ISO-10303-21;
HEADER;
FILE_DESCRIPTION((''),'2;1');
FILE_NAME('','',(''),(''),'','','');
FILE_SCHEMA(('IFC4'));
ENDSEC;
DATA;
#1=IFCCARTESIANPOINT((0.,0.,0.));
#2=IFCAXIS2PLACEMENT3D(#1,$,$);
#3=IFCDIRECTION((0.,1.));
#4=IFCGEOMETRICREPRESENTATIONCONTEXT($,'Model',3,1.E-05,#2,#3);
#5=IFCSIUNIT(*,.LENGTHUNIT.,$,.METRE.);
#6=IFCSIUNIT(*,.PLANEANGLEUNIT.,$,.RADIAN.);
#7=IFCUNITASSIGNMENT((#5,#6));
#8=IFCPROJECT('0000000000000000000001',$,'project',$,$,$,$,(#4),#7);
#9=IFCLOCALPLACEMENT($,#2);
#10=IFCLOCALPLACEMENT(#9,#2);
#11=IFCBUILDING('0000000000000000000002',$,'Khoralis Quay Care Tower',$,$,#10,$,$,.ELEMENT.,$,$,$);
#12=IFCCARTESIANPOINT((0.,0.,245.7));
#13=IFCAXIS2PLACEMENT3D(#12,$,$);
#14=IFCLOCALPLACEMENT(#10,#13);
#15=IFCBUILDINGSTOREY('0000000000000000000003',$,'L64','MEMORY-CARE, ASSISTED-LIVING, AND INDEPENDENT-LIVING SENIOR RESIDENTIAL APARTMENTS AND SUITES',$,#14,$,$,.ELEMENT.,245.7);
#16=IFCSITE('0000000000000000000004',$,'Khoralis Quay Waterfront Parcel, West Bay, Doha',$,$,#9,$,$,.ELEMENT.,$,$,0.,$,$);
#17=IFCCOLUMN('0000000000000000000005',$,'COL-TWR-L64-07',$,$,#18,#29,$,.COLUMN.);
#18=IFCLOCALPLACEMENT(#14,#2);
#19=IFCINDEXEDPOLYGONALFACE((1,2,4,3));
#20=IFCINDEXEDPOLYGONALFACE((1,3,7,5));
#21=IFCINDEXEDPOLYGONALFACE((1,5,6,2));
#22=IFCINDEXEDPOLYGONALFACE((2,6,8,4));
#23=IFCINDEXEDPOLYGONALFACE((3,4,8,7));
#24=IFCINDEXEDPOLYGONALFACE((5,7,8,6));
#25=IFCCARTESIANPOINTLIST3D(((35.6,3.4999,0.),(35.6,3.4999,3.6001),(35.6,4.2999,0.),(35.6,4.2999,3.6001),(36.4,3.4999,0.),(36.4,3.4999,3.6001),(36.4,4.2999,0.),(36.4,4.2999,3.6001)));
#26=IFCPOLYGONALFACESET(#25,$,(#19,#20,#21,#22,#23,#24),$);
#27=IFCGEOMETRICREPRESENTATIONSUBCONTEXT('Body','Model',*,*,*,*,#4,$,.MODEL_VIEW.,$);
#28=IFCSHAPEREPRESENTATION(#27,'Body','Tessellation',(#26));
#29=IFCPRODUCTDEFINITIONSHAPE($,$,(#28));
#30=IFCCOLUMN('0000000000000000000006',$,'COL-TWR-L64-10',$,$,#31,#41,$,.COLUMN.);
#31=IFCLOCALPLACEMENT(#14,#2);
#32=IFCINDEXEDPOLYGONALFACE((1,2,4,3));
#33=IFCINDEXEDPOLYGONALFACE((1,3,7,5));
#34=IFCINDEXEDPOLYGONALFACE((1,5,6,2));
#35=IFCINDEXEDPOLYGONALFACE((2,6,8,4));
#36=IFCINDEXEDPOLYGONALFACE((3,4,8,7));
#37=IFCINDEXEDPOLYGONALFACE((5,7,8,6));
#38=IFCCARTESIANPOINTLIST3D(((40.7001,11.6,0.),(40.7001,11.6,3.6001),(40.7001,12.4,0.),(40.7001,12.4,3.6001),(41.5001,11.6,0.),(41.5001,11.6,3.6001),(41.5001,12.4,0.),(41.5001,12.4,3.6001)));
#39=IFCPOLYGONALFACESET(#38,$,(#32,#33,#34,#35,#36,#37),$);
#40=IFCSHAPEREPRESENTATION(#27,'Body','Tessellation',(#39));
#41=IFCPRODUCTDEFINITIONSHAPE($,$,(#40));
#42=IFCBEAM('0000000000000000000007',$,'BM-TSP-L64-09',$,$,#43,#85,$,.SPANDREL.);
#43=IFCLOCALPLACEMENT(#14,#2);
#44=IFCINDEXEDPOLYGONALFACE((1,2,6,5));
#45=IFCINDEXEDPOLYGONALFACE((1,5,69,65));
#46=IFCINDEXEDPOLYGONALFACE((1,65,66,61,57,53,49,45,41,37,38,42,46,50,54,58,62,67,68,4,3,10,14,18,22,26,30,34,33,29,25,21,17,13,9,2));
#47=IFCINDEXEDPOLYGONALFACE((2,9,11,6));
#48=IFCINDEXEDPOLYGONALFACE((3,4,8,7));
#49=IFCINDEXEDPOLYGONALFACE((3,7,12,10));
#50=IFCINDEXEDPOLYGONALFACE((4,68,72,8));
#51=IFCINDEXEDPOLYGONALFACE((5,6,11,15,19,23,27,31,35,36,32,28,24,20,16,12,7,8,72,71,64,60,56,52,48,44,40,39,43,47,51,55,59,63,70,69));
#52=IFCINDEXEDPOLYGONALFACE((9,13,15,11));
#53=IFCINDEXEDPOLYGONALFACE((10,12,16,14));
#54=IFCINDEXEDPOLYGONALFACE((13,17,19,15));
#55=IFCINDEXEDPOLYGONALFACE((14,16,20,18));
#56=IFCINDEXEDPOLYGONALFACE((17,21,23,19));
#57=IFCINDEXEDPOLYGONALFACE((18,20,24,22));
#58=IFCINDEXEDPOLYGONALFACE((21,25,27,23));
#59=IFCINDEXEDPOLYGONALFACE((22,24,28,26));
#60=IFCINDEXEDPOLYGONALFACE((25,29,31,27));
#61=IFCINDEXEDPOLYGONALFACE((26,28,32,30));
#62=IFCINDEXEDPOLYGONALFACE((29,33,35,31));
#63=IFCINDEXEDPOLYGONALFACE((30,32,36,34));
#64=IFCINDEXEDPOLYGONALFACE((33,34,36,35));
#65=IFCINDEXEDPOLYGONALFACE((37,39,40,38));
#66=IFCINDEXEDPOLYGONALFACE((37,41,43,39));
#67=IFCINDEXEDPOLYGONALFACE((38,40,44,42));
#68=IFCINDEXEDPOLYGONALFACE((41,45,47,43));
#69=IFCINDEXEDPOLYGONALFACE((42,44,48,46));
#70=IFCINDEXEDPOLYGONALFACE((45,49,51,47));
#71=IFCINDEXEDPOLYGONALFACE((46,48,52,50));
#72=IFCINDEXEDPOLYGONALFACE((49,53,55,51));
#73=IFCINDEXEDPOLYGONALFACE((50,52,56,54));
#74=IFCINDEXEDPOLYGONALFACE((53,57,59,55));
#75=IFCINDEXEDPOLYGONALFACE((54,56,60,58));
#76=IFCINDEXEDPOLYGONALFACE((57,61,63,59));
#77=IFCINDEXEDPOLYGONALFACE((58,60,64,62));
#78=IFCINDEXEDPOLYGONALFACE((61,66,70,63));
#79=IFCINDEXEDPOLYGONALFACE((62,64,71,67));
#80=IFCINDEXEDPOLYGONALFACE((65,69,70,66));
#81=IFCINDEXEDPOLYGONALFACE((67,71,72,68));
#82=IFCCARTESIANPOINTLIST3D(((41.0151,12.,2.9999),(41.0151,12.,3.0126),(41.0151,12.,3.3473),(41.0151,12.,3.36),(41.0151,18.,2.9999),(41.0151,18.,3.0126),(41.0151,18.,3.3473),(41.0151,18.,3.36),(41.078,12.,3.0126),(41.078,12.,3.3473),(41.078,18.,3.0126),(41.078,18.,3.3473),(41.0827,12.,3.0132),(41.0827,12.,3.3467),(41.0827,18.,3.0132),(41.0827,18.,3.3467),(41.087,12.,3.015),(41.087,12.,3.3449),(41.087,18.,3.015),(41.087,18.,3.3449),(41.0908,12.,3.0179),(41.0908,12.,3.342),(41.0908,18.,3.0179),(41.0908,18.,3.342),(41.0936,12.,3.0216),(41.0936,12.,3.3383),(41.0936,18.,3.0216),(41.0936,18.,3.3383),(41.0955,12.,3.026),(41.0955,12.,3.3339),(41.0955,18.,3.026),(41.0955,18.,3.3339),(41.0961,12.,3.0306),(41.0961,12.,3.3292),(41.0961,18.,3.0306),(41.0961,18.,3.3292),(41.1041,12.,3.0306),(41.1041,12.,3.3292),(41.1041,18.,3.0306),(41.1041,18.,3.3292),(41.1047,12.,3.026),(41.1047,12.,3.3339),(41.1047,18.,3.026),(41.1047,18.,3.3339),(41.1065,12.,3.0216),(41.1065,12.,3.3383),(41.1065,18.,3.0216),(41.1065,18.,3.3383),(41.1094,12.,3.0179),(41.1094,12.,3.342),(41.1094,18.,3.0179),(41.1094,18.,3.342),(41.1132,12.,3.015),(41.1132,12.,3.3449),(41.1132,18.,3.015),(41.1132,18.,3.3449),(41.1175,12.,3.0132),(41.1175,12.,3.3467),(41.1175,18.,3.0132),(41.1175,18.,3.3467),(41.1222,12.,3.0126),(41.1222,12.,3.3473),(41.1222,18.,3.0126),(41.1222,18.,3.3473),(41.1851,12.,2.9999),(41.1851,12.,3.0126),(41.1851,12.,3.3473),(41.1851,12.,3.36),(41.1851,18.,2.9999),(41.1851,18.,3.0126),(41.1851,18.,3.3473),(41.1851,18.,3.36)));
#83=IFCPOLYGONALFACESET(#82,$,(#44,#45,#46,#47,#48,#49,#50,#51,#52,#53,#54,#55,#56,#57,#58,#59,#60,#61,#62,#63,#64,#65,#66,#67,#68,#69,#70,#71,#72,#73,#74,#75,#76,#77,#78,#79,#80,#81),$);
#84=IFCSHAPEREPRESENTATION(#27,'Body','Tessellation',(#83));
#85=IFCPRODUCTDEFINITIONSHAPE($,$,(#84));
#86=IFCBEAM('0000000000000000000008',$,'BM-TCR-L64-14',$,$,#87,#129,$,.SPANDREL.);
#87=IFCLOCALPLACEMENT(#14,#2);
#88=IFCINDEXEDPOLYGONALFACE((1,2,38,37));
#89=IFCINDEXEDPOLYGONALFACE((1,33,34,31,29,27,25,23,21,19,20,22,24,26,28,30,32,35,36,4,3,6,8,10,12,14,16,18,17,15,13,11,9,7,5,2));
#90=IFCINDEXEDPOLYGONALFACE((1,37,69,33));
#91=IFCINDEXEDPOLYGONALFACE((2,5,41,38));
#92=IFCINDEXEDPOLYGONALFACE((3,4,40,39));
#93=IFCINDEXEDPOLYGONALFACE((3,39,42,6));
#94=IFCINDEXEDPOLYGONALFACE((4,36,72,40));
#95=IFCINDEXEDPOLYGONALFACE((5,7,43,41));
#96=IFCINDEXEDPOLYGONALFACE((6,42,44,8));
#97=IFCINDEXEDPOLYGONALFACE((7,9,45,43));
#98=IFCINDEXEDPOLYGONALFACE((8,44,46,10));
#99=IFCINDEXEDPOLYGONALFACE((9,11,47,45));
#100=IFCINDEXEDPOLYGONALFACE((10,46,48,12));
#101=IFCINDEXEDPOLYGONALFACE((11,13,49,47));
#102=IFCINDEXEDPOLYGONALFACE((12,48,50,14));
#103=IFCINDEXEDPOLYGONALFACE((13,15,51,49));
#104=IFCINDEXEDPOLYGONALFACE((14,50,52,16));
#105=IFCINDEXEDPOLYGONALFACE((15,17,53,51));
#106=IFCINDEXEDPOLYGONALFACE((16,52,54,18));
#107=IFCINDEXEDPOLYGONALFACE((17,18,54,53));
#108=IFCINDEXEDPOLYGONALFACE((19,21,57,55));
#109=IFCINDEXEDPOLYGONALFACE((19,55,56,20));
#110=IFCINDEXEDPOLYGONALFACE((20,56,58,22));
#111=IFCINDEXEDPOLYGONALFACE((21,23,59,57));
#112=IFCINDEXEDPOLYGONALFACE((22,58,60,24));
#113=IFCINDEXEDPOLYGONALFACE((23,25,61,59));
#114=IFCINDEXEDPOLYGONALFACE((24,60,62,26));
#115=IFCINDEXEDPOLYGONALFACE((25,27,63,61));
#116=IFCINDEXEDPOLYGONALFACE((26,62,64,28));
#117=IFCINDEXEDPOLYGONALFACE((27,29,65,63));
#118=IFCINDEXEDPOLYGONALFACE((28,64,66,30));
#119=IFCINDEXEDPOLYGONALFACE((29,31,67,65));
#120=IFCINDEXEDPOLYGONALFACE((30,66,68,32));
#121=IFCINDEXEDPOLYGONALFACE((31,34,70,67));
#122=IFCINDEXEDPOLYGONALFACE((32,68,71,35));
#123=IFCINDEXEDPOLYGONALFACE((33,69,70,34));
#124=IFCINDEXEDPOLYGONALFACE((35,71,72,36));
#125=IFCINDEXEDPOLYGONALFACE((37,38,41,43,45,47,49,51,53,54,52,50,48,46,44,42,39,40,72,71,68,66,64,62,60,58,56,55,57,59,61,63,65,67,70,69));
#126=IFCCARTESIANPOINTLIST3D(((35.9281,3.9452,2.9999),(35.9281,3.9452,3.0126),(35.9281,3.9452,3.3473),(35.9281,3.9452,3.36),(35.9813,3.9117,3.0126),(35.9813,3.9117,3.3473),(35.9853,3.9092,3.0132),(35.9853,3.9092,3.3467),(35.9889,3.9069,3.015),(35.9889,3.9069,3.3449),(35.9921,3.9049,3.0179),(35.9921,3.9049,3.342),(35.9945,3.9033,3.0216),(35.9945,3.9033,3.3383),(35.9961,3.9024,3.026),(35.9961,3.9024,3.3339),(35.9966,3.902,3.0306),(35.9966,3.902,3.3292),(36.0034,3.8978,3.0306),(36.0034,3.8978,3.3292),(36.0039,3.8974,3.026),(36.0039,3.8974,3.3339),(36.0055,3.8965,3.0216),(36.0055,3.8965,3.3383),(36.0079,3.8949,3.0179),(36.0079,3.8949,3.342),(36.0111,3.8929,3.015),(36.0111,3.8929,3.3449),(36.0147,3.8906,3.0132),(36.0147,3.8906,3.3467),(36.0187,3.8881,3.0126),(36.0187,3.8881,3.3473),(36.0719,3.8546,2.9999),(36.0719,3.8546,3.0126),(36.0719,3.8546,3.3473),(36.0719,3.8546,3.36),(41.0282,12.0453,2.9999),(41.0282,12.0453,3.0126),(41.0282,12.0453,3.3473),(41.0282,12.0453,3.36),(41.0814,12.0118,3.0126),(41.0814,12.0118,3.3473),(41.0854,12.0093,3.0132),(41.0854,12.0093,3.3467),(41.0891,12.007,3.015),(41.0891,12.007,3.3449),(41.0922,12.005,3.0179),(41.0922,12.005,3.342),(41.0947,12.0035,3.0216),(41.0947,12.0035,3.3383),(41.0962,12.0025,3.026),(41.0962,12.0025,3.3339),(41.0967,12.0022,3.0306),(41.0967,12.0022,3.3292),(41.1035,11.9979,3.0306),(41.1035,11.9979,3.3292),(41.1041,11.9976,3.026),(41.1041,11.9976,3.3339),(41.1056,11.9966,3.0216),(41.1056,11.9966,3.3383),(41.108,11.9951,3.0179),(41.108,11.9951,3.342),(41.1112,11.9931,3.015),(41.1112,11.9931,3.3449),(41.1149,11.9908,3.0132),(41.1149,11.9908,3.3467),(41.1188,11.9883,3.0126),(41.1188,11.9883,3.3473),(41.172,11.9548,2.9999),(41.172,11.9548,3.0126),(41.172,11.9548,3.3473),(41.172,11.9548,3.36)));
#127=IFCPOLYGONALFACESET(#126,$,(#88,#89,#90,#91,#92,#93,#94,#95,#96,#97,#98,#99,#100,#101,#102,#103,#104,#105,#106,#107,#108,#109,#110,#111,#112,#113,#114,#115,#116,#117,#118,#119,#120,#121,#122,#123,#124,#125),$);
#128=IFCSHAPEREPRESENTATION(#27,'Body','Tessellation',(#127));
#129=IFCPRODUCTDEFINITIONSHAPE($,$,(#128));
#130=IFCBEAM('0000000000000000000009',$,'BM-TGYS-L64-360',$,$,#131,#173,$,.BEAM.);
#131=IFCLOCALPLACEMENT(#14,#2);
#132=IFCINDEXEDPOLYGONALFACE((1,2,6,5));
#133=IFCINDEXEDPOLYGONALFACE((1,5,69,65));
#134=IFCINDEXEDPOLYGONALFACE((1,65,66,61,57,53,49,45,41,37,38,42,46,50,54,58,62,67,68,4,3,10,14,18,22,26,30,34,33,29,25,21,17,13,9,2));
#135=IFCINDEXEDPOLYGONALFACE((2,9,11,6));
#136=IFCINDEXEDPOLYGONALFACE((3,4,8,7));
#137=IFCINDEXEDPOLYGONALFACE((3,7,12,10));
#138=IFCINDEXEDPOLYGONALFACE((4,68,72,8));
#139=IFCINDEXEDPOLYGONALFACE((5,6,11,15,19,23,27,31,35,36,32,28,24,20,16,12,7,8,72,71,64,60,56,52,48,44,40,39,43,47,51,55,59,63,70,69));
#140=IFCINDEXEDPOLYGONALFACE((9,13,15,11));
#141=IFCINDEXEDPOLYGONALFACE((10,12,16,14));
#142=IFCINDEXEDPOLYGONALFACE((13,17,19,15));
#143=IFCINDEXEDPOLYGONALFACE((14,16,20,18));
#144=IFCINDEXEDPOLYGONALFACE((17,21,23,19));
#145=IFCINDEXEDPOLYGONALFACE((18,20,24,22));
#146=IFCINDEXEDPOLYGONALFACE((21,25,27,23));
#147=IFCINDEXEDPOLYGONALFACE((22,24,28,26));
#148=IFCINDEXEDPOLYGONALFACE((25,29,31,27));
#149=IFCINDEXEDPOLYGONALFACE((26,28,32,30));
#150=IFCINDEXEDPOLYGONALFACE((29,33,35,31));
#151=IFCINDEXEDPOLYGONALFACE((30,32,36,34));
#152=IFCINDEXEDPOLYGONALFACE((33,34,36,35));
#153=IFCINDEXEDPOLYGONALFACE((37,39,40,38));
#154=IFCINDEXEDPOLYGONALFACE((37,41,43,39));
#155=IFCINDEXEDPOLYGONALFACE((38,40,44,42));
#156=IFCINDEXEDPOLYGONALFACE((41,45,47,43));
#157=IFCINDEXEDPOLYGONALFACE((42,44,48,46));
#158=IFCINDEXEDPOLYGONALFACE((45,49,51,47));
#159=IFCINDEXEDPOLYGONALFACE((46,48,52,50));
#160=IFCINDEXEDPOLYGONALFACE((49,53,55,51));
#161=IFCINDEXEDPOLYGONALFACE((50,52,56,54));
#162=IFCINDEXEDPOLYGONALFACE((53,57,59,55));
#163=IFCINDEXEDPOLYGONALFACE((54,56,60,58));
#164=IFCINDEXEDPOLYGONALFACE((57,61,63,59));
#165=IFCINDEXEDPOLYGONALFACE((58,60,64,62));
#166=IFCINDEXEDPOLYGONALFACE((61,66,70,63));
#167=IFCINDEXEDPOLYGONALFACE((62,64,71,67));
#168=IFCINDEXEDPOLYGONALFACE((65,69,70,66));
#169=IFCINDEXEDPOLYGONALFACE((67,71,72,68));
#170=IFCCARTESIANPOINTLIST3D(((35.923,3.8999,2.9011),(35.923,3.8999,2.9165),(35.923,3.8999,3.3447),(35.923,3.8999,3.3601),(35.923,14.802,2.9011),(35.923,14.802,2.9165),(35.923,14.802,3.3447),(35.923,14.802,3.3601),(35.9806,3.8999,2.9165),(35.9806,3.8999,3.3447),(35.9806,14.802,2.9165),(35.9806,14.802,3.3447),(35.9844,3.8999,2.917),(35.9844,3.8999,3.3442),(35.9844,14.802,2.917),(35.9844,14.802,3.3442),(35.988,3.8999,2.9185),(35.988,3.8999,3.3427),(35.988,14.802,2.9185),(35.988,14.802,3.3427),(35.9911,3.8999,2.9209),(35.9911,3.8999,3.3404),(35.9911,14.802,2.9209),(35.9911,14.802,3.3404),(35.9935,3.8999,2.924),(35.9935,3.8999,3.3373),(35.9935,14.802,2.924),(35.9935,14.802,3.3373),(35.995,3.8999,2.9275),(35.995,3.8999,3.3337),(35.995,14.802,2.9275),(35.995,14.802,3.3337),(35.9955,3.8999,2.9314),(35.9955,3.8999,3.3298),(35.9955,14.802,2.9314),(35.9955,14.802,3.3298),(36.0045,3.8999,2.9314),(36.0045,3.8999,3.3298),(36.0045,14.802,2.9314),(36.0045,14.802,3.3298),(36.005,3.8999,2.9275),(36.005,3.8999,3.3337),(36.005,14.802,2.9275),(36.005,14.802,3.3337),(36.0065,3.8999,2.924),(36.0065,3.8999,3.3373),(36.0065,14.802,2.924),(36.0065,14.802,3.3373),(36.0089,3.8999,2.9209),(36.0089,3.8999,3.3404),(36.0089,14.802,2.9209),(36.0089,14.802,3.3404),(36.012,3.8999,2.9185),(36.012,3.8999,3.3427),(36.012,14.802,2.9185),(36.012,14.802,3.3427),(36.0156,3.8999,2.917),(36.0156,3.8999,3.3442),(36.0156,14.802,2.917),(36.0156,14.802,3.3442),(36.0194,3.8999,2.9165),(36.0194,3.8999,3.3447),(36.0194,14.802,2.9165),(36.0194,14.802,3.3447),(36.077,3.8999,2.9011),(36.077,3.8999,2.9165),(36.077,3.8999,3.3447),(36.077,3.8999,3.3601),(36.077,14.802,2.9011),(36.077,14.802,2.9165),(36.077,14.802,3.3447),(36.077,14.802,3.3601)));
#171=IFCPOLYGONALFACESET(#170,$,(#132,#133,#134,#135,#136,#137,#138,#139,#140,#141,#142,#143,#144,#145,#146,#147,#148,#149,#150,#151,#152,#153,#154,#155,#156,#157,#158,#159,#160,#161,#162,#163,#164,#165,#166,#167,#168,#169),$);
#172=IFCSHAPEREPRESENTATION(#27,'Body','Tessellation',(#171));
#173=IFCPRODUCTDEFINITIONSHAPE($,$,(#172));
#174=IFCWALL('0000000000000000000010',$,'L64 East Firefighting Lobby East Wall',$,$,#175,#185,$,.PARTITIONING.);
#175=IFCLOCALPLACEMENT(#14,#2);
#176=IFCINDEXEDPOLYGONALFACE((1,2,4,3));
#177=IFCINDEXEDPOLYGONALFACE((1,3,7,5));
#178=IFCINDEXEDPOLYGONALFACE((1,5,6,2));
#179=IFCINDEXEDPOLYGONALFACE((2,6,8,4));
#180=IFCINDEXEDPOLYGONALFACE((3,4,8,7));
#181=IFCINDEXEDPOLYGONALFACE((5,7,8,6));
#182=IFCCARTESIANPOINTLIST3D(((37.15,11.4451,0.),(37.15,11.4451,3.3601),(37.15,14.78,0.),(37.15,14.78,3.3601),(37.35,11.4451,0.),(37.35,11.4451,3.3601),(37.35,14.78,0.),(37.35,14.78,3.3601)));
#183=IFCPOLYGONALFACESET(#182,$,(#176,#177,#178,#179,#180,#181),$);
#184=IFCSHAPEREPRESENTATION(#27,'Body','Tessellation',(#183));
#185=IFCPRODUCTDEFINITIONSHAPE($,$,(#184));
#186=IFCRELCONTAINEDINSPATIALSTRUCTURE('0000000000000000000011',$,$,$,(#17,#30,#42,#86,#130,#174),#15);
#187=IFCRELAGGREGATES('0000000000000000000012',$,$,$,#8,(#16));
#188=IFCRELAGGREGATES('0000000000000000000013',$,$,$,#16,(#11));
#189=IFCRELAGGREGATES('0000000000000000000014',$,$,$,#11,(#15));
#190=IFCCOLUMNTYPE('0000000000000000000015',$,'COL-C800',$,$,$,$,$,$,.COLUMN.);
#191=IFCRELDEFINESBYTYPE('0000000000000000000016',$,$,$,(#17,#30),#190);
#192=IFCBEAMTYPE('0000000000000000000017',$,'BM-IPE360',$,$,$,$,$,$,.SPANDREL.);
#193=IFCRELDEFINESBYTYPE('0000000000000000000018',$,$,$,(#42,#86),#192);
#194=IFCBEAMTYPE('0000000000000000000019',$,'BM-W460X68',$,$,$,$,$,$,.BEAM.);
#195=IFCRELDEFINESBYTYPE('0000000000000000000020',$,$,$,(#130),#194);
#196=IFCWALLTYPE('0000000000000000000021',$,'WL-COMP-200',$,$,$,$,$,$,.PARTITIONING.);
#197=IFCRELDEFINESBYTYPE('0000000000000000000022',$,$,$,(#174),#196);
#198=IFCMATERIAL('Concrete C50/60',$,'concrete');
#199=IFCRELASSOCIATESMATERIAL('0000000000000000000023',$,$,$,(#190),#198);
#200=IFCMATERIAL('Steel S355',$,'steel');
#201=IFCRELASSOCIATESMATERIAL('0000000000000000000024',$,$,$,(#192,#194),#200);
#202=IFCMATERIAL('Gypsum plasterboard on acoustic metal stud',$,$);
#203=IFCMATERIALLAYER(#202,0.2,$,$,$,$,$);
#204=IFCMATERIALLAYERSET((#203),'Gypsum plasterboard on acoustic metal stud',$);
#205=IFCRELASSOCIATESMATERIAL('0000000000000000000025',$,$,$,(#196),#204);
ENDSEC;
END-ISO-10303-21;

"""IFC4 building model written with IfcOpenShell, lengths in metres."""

from ifc_helpers import new_model, si_unit, direction, frame, frame_2d, origin, origin_2d, place, context, subcontext, project, spatial, rectangle, i_section, extrude, source, transform, mapped, material, layer, layer_set, material_profile, profile_set, type_object, element, save


model = new_model("IFC4")

# Units and contexts
model_context = context("Model", 3, precision=1e-05, world=origin(), true_north=direction((0.0, 1.0)))
body_context = subcontext(model_context, "Body", "Model", "MODEL_VIEW")
ifc_project = project(units=[si_unit("LENGTHUNIT", "METRE"), si_unit("PLANEANGLEUNIT", "RADIAN")], contexts=[model_context])

# Site, building, storey
site_placement = place(None, origin())
site = spatial("IfcSite", under=ifc_project, at=site_placement, Name="Khoralis Quay Waterfront Parcel, West Bay, Doha", CompositionType="ELEMENT", RefElevation=0.0)
building_placement = place(site_placement, origin())
building = spatial("IfcBuilding", under=site, at=building_placement, Name="Khoralis Quay Care Tower", CompositionType="ELEMENT")
storey_placement = place(building_placement, frame((0.0, 0.0, 245.7)))
storey = spatial("IfcBuildingStorey", under=building, at=storey_placement, Name="L64", Description="MEMORY-CARE, ASSISTED-LIVING, AND INDEPENDENT-LIVING SENIOR RESIDENTIAL APARTMENTS AND SUITES", CompositionType="ELEMENT", Elevation=245.7)

# Columns
ifc_material_1 = material(Name="Concrete C50/60", Category="concrete")
ifc_material_profile_1 = material_profile(ifc_material_1, rectangle(XDim=0.8, YDim=0.8, at=origin_2d()), Name="Concrete C50/60")
ifc_profile_set_1 = profile_set([ifc_material_profile_1], Name="Concrete C50/60")
column_type = type_object("IfcColumnType", Name="COL-C800", PredefinedType="COLUMN", material=ifc_profile_set_1)
shared_shape_1 = source(origin(), body_context, "Body", "SweptSolid", [
    extrude(rectangle(XDim=0.8, YDim=0.8, at=origin_2d()), origin(), (0.0, 0.0, 1.0), 3.6001),
])
for number, where, z_axis, x_axis, name in (
    (1, (36.0, 3.8999, 0.0), (0.0, 0.0, 1.0), (1.0, 0.0, 0.0), "COL-TWR-L64-07"),
    (2, (41.1001, 12.0, 0.0), (0.0, 0.0, 1.0), (1.0, 0.0, 0.0), "COL-TWR-L64-10"),
):
    element("IfcColumn", number, at=place(storey_placement, frame(where, z_axis=z_axis, x_axis=x_axis)), inside=storey, type_object=column_type, Name=name, PredefinedType="COLUMN", context=body_context, shape_type="MappedRepresentation", body=[
        mapped(shared_shape_1, transform((0.0, 0.0, 0.0), scale=1.0)),
    ])

# Beams
ifc_material_2 = material(Name="Steel S355", Category="steel")
ifc_material_profile_2 = material_profile(ifc_material_2, i_section(OverallWidth=0.1699, OverallDepth=0.3601, WebThickness=0.0081, FlangeThickness=0.0127, FilletRadius=0.0181, at=origin_2d()), Name="Steel S355")
ifc_profile_set_2 = profile_set([ifc_material_profile_2], Name="Steel S355")
beam_type_1 = type_object("IfcBeamType", Name="BM-IPE360", PredefinedType="SPANDREL", material=ifc_profile_set_2)
shared_shape_2 = source(origin(), body_context, "Body", "SweptSolid", [
    extrude(i_section(OverallWidth=0.1699, OverallDepth=0.3601, WebThickness=0.0081, FlangeThickness=0.0127, FilletRadius=0.0181, at=origin_2d()), origin(), (0.0, 0.0, 1.0), 6.0),
])
beam_1_placement = place(storey_placement, frame((41.1001, 12.0, 3.1799), z_axis=(0.0, 1.0, 0.0), x_axis=(-1.0, 0.0, 0.0)))
element("IfcBeam", 3, at=beam_1_placement, inside=storey, type_object=beam_type_1, Name="BM-TSP-L64-09", PredefinedType="SPANDREL", context=body_context, shape_type="MappedRepresentation", body=[
    mapped(shared_shape_2, transform((0.0, 0.0, 0.0), scale=1.0)),
])
shared_shape_3 = source(origin(), body_context, "Body", "SweptSolid", [
    extrude(i_section(OverallWidth=0.1699, OverallDepth=0.3601, WebThickness=0.0081, FlangeThickness=0.0127, FilletRadius=0.0181, at=origin_2d()), origin(), (0.0, 0.0, 1.0), 9.572),
])
beam_2_placement = place(storey_placement, frame((36.0, 3.8999, 3.1799), z_axis=(0.532816, 0.846231, 0.0), x_axis=(-0.846231, 0.532816, 0.0)))
element("IfcBeam", 4, at=beam_2_placement, inside=storey, type_object=beam_type_1, Name="BM-TCR-L64-14", PredefinedType="SPANDREL", context=body_context, shape_type="MappedRepresentation", body=[
    mapped(shared_shape_3, transform((0.0, 0.0, 0.0), scale=1.0)),
])
ifc_material_profile_3 = material_profile(ifc_material_2, i_section(OverallWidth=0.1541, OverallDepth=0.459, WebThickness=0.009, FlangeThickness=0.0154, FilletRadius=0.0149, at=origin_2d()), Name="Steel S355")
ifc_profile_set_3 = profile_set([ifc_material_profile_3], Name="Steel S355")
beam_type_2 = type_object("IfcBeamType", Name="BM-W460X68", PredefinedType="BEAM", material=ifc_profile_set_3)
shared_shape_4 = source(origin(), body_context, "Body", "SweptSolid", [
    extrude(i_section(OverallWidth=0.1541, OverallDepth=0.459, WebThickness=0.009, FlangeThickness=0.0154, FilletRadius=0.0149, at=origin_2d()), origin(), (0.0, 0.0, 1.0), 10.9021),
])
beam_3_placement = place(storey_placement, frame((36.0, 3.8999, 3.1306), z_axis=(0.0, 1.0, 0.0), x_axis=(-1.0, 0.0, 0.0)))
element("IfcBeam", 5, at=beam_3_placement, inside=storey, type_object=beam_type_2, Name="BM-TGYS-L64-360", PredefinedType="BEAM", context=body_context, shape_type="MappedRepresentation", body=[
    mapped(shared_shape_4, transform((0.0, 0.0, 0.0), scale=1.0)),
])

# Wall
ifc_material_3 = material(Name="Gypsum plasterboard on acoustic metal stud")
ifc_layer_1 = layer(ifc_material_3, 0.2)
ifc_layer_set_1 = layer_set([ifc_layer_1], Name="Gypsum plasterboard on acoustic metal stud")
wall_type_1 = type_object("IfcWallType", Name="WL-COMP-200", PredefinedType="PARTITIONING", material=ifc_layer_set_1)
wall_1_placement = place(storey_placement, frame((37.25, 11.4451, 0.0), z_axis=(0.0, 0.0, 1.0), x_axis=(0.0, 1.0, 0.0)))
element("IfcWall", 6, at=wall_1_placement, inside=storey, type_object=wall_type_1, Name="L64 East Firefighting Lobby East Wall", PredefinedType="PARTITIONING", context=body_context, shape_type="SweptSolid", body=[
    extrude(rectangle(XDim=3.335, YDim=0.2, at=frame_2d((1.6675, 0.0))), origin(), (0.0, 0.0, 1.0), 3.3601),
])

save(model, "model.ifc")
